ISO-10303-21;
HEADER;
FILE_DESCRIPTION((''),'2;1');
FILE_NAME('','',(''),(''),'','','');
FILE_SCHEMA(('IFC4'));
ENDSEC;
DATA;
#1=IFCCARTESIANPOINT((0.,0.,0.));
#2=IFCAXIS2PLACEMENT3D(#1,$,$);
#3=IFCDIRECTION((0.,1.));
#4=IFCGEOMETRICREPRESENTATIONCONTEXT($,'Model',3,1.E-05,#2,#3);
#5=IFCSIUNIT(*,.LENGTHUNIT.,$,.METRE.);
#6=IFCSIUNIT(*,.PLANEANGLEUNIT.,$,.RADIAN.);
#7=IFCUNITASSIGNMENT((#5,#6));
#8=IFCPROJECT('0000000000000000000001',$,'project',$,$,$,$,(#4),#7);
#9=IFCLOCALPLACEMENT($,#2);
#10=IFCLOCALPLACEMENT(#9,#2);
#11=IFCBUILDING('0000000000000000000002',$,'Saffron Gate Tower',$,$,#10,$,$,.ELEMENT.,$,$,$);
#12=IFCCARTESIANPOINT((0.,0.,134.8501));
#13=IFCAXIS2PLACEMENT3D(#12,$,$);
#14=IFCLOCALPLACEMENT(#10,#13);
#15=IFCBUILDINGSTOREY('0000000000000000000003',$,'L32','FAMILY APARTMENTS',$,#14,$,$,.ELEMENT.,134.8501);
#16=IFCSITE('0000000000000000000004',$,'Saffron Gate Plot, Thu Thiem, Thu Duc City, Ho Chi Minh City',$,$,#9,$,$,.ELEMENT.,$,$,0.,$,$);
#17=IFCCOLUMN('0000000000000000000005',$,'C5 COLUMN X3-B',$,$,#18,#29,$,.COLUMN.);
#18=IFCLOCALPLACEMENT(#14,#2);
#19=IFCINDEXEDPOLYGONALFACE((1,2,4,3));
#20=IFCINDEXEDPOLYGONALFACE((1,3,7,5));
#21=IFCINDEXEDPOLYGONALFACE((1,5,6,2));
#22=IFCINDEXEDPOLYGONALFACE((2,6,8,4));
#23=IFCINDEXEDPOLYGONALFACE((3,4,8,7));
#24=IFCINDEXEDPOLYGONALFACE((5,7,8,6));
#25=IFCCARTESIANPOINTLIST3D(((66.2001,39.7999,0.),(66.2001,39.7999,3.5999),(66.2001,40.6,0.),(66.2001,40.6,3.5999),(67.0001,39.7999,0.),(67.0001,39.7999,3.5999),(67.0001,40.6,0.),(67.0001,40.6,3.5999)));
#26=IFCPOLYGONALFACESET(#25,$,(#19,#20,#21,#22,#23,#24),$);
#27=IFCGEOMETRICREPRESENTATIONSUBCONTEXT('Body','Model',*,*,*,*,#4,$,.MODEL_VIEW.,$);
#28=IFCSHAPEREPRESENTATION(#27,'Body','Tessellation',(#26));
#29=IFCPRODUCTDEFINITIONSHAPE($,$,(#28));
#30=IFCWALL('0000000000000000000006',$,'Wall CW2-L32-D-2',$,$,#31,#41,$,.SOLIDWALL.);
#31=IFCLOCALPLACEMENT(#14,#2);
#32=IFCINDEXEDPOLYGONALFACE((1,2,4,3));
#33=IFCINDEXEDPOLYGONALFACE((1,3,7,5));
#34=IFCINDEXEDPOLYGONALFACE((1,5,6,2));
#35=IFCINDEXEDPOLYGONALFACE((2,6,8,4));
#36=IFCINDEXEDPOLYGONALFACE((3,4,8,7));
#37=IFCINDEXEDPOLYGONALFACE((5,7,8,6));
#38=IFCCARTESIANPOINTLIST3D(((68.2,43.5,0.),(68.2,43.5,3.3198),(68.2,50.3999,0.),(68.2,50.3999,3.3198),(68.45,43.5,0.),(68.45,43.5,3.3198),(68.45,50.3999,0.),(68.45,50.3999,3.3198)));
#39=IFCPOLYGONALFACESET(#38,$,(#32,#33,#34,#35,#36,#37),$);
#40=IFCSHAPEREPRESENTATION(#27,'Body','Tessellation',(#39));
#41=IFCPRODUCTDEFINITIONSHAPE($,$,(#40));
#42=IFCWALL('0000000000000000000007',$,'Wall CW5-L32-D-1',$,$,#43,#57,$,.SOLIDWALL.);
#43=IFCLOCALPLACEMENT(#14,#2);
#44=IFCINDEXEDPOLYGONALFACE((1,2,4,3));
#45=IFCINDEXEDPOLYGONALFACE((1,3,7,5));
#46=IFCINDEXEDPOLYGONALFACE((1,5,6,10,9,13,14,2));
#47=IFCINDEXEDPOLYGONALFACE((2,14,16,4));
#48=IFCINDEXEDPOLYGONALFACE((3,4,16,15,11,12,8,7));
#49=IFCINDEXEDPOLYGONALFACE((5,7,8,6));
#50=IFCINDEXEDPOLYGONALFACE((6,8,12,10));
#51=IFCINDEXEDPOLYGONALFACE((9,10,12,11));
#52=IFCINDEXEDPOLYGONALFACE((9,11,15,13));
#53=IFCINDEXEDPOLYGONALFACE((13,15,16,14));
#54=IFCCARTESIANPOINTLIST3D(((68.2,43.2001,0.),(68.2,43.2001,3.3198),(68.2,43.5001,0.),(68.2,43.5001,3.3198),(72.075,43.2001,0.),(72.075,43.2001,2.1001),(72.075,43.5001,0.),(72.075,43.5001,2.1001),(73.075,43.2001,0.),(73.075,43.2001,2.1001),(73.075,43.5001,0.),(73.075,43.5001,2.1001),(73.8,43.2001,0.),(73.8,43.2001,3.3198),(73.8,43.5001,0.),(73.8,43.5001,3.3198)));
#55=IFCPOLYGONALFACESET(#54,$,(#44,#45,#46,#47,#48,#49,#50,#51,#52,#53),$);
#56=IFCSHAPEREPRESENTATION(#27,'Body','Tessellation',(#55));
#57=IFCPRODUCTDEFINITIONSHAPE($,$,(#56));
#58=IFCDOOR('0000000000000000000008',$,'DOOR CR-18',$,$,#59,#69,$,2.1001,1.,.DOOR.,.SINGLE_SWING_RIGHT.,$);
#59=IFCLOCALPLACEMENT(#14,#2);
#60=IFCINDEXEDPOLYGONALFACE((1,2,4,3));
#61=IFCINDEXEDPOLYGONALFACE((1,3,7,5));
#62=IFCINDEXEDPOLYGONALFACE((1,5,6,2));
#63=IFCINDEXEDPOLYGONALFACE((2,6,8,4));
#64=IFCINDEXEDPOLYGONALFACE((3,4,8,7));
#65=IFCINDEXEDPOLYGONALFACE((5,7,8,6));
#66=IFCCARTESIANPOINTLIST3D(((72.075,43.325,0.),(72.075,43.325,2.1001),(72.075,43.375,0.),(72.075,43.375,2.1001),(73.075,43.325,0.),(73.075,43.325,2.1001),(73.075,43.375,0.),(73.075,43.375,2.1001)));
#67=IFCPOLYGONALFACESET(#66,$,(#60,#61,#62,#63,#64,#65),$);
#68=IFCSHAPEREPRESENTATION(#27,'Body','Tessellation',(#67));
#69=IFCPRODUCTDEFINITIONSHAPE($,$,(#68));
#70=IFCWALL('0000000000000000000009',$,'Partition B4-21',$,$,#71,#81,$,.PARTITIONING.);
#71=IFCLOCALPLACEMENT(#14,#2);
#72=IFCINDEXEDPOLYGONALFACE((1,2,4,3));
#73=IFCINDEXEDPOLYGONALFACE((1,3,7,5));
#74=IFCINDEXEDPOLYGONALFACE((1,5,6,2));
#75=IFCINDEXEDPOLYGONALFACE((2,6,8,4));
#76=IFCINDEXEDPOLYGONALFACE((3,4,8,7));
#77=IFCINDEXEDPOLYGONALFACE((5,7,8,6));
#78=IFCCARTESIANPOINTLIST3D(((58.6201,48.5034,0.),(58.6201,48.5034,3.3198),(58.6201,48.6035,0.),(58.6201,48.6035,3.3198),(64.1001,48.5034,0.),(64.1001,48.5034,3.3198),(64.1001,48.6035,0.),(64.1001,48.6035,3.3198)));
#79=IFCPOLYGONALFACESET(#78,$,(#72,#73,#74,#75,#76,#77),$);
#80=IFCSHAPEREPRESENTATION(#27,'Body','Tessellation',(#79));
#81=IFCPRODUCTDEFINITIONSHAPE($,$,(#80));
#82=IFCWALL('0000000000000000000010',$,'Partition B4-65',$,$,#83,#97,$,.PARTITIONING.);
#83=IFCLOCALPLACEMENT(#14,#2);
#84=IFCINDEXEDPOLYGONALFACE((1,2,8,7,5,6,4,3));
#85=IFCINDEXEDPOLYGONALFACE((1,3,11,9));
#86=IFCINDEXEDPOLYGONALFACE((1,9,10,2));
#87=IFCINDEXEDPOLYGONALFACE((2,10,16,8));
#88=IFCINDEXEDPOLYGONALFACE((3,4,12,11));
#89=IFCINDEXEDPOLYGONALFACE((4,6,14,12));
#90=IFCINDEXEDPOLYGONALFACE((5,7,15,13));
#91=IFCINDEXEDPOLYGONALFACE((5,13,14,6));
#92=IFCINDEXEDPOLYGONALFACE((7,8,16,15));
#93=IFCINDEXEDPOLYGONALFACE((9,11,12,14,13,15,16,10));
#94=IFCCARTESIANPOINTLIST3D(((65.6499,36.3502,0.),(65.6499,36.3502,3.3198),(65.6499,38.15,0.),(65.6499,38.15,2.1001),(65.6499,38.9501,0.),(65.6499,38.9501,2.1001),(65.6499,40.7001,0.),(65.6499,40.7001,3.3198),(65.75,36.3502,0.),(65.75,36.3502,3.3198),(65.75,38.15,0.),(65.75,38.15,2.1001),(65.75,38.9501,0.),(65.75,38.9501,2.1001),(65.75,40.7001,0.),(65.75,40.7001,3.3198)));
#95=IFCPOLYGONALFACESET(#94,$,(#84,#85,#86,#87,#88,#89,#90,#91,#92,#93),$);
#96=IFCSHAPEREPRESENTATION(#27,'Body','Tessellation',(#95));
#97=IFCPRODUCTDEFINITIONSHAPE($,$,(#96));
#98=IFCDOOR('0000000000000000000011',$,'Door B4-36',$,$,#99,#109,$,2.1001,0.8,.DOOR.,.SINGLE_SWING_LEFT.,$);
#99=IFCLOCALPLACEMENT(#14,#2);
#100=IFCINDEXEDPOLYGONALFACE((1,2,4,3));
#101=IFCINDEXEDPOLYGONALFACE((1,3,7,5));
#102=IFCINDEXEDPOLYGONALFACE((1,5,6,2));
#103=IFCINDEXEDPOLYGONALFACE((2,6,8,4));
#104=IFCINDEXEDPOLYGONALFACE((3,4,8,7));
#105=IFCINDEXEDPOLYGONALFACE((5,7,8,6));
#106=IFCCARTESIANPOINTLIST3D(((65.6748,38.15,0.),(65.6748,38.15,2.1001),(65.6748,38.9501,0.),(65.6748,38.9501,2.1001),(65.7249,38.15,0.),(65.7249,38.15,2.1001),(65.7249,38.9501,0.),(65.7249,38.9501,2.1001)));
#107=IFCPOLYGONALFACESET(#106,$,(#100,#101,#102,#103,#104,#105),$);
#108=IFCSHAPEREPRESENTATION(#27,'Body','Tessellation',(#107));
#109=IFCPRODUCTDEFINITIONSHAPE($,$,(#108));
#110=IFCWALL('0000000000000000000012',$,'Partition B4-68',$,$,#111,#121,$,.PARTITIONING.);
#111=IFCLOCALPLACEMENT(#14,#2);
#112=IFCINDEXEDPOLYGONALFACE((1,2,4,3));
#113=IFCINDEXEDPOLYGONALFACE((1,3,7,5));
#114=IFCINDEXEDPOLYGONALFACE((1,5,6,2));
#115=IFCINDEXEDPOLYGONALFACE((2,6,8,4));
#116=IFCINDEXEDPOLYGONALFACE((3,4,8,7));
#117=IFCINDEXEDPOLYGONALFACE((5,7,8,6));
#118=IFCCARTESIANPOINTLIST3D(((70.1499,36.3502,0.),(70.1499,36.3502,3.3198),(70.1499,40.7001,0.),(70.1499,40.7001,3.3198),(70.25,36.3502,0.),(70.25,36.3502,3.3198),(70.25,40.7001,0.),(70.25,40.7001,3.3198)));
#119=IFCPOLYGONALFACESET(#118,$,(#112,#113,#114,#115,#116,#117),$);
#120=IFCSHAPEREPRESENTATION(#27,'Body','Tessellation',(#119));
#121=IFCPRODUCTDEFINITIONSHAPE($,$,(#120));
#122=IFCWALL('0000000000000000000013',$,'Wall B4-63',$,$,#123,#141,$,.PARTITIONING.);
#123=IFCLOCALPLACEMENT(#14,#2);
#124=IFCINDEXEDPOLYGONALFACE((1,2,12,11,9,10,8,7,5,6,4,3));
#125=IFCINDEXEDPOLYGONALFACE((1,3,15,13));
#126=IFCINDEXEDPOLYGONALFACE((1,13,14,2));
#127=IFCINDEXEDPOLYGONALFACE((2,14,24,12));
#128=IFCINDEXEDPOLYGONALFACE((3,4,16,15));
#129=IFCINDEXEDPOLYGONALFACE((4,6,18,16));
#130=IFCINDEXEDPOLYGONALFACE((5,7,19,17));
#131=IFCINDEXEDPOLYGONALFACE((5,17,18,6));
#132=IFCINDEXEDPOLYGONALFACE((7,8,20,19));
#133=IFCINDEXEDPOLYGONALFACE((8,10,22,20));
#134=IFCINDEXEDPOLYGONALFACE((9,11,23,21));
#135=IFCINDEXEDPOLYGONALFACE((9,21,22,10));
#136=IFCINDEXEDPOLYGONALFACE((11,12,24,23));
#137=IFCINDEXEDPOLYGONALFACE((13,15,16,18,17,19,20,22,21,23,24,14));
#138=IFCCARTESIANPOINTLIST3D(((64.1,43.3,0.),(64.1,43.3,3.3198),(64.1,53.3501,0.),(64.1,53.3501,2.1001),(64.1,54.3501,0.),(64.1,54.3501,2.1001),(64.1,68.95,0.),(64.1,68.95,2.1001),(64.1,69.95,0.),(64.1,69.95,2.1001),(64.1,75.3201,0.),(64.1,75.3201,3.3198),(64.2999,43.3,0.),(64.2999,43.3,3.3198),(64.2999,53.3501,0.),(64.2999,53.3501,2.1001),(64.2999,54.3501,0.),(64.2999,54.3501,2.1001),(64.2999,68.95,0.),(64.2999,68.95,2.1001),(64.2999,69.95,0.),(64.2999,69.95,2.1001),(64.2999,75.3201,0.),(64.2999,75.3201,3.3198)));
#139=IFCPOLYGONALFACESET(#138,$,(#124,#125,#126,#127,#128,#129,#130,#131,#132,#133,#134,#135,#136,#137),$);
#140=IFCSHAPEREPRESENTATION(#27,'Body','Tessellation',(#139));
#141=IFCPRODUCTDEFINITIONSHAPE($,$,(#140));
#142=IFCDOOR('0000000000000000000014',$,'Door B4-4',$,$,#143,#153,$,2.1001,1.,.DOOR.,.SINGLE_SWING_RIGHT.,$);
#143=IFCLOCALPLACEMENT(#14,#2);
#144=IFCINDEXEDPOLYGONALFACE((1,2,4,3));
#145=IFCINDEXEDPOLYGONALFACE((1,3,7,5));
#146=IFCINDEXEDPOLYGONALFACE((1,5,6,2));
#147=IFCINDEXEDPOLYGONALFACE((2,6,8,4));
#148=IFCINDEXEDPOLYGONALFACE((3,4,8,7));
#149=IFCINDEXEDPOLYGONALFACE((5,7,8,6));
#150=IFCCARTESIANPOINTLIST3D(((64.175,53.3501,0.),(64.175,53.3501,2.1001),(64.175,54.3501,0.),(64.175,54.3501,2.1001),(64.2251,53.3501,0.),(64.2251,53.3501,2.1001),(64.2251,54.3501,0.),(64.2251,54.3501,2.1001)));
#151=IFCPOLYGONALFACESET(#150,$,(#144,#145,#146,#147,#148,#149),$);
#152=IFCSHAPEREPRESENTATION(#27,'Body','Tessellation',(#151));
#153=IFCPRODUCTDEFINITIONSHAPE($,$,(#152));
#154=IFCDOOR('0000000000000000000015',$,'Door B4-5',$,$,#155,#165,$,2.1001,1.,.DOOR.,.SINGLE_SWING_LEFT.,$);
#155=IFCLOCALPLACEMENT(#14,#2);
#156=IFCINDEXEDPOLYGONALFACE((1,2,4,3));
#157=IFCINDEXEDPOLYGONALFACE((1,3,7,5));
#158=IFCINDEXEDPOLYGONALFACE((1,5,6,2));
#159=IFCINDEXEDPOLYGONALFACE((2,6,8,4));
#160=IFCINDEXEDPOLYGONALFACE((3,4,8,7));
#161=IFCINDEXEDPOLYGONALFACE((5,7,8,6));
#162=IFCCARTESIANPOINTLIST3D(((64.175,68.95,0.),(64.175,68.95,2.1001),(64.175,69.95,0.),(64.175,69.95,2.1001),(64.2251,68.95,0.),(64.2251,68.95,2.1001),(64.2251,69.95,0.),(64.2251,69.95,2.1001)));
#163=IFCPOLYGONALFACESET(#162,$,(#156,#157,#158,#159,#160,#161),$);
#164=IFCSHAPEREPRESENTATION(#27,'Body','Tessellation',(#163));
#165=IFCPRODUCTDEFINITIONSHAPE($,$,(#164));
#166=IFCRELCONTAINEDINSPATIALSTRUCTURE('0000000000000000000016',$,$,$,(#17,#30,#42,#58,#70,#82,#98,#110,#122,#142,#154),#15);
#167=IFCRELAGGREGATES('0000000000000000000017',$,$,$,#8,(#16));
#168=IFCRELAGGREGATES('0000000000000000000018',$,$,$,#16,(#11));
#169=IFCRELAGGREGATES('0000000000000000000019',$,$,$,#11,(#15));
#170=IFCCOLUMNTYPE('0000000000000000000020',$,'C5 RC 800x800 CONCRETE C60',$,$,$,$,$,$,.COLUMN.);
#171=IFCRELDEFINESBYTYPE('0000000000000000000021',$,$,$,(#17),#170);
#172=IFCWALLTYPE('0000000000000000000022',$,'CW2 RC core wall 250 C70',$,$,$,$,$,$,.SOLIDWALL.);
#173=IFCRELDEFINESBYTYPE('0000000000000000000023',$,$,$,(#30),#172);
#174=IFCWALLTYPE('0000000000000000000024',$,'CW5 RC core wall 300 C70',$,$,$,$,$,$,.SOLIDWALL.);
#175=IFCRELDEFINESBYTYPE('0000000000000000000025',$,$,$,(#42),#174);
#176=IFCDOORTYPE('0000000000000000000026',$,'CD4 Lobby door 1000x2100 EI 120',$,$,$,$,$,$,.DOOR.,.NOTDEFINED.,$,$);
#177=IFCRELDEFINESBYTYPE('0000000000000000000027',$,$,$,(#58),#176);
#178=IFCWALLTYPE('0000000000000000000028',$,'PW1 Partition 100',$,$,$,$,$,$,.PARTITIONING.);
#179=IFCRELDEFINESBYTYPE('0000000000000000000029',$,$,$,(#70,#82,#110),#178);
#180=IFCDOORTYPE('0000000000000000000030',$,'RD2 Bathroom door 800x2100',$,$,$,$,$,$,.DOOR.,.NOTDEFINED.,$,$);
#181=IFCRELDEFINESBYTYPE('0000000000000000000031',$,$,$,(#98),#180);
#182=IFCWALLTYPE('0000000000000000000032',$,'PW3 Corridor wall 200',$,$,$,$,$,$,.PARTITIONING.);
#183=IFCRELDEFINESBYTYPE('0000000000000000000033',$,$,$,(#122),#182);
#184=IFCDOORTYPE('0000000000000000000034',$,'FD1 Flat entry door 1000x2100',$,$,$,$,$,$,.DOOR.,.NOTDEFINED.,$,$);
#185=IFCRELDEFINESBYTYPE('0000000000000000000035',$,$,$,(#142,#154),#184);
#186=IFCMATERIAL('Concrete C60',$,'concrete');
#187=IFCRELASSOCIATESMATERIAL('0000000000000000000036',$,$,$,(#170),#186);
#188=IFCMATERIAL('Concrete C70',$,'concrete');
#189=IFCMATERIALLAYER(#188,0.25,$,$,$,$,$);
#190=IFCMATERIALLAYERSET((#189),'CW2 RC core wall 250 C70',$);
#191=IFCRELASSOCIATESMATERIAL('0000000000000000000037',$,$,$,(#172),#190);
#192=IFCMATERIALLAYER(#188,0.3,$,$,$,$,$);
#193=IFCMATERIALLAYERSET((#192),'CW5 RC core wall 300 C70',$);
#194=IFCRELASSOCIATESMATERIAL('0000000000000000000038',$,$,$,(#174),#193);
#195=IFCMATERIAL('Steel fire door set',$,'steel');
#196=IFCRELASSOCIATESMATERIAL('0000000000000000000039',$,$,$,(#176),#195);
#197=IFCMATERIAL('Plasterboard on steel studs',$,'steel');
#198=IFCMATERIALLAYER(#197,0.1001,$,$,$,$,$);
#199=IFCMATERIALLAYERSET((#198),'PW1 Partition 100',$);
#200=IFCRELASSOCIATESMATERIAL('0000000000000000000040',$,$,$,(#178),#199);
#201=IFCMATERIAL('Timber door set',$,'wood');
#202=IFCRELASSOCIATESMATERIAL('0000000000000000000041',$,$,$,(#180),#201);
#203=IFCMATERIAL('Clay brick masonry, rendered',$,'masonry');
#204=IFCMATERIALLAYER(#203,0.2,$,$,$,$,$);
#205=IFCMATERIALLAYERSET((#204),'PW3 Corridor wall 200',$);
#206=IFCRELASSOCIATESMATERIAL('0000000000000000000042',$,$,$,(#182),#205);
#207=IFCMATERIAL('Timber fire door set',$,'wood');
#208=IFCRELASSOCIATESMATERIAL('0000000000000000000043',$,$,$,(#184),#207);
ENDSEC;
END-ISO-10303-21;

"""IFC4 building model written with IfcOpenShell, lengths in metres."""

from ifc_helpers import new_model, si_unit, direction, frame, frame_2d, origin, origin_2d, place, context, subcontext, project, spatial, rectangle, extrude, material, layer, layer_set, material_profile, profile_set, type_object, element, fill, save


model = new_model("IFC4")

# Units and contexts
model_context = context("Model", 3, precision=1e-05, world=origin(), true_north=direction((0.0, 1.0)))
body_context = subcontext(model_context, "Body", "Model", "MODEL_VIEW")
ifc_project = project(units=[si_unit("LENGTHUNIT", "METRE"), si_unit("PLANEANGLEUNIT", "RADIAN")], contexts=[model_context])

# Site, building, storey
site_placement = place(None, origin())
site = spatial("IfcSite", under=ifc_project, at=site_placement, Name="Saffron Gate Plot, Thu Thiem, Thu Duc City, Ho Chi Minh City", CompositionType="ELEMENT", RefElevation=0.0)
building_placement = place(site_placement, origin())
building = spatial("IfcBuilding", under=site, at=building_placement, Name="Saffron Gate Tower", CompositionType="ELEMENT")
storey_placement = place(building_placement, frame((0.0, 0.0, 134.8501)))
storey = spatial("IfcBuildingStorey", under=building, at=storey_placement, Name="L32", Description="FAMILY APARTMENTS", CompositionType="ELEMENT", Elevation=134.8501)

# Column
ifc_material_1 = material(Name="Concrete C60", Category="concrete")
ifc_material_profile = material_profile(ifc_material_1, rectangle(XDim=0.8, YDim=0.8, at=origin_2d()))
ifc_profile_set = profile_set([ifc_material_profile], Name="Concrete C60")
column_type = type_object("IfcColumnType", Name="C5 RC 800x800 CONCRETE C60", PredefinedType="COLUMN", material=ifc_profile_set)
column_placement = place(storey_placement, frame((66.6001, 40.2, 0.0), z_axis=(0.0, 0.0, 1.0), x_axis=(1.0, 0.0, 0.0)))
element("IfcColumn", 1, at=column_placement, inside=storey, type_object=column_type, Name="C5 COLUMN X3-B", PredefinedType="COLUMN", context=body_context, shape_type="SweptSolid", body=[
    extrude(rectangle(XDim=0.8, YDim=0.8, at=origin_2d()), origin(), (0.0, 0.0, 1.0), 3.5999),
])

# Wall
ifc_material_2 = material(Name="Concrete C70", Category="concrete")
ifc_layer_1 = layer(ifc_material_2, 0.25)
ifc_layer_set_1 = layer_set([ifc_layer_1], Name="CW2 RC core wall 250 C70")
wall_type_1 = type_object("IfcWallType", Name="CW2 RC core wall 250 C70", PredefinedType="SOLIDWALL", material=ifc_layer_set_1)
wall_1_placement = place(storey_placement, frame((68.325, 43.5, 0.0), z_axis=(0.0, 0.0, 1.0), x_axis=(0.0, 1.0, 0.0)))
element("IfcWall", 2, at=wall_1_placement, inside=storey, type_object=wall_type_1, Name="Wall CW2-L32-D-2", PredefinedType="SOLIDWALL", context=body_context, shape_type="SweptSolid", body=[
    extrude(rectangle(XDim=6.8999, YDim=0.25, at=frame_2d((3.45, 0.0))), origin(), (0.0, 0.0, 1.0), 3.3198),
])

# Wall, opening, door
ifc_layer_2 = layer(ifc_material_2, 0.3)
ifc_layer_set_2 = layer_set([ifc_layer_2], Name="CW5 RC core wall 300 C70")
wall_type_2 = type_object("IfcWallType", Name="CW5 RC core wall 300 C70", PredefinedType="SOLIDWALL", material=ifc_layer_set_2)
wall_2_placement = place(storey_placement, frame((68.2, 43.3501, 0.0), z_axis=(0.0, 0.0, 1.0), x_axis=(1.0, 0.0, 0.0)))
wall_2 = element("IfcWall", 3, at=wall_2_placement, inside=storey, type_object=wall_type_2, Name="Wall CW5-L32-D-1", PredefinedType="SOLIDWALL", context=body_context, shape_type="SweptSolid", body=[
    extrude(rectangle(XDim=5.6001, YDim=0.3, at=frame_2d((2.8, 0.0))), origin(), (0.0, 0.0, 1.0), 3.3198),
])
opening_1_placement = place(wall_2_placement, frame((3.875, 0.0, 0.0)))
opening_1 = element("IfcOpeningElement", 4, at=opening_1_placement, cuts=wall_2, PredefinedType="OPENING", context=body_context, shape_type="SweptSolid", body=[
    extrude(rectangle(XDim=1.0, YDim=2.1001, at=frame_2d((0.5, 1.05))), frame((0.0, 0.1602, 0.0), z_axis=(0.0, -1.0, 0.0), x_axis=(1.0, 0.0, 0.0)), (0.0, 0.0, 1.0), 0.3201),
])
ifc_material_3 = material(Name="Steel fire door set", Category="steel")
door_type_1 = type_object("IfcDoorType", Name="CD4 Lobby door 1000x2100 EI 120", OperationType="NOTDEFINED", PredefinedType="DOOR", material=ifc_material_3)
door_1_placement = place(opening_1_placement, origin())
door_1 = element("IfcDoor", 5, at=door_1_placement, inside=storey, type_object=door_type_1, Name="DOOR CR-18", OperationType="SINGLE_SWING_RIGHT", OverallHeight=2.1001, OverallWidth=1.0, PredefinedType="DOOR", context=body_context, shape_type="SweptSolid", body=[
    extrude(rectangle(XDim=1.0, YDim=2.1001, at=frame_2d((0.5, 1.05))), frame((0.0, 0.0249, 0.0), z_axis=(0.0, -1.0, 0.0), x_axis=(1.0, 0.0, 0.0)), (0.0, 0.0, 1.0), 0.05),
])
fill(opening_1, door_1)

# Wall
ifc_material_4 = material(Name="Plasterboard on steel studs", Category="steel")
ifc_layer_3 = layer(ifc_material_4, 0.1001)
ifc_layer_set_3 = layer_set([ifc_layer_3], Name="PW1 Partition 100")
wall_type_3 = type_object("IfcWallType", Name="PW1 Partition 100", PredefinedType="PARTITIONING", material=ifc_layer_set_3)
wall_3_placement = place(storey_placement, frame((58.6201, 48.5535, 0.0), z_axis=(0.0, 0.0, 1.0), x_axis=(1.0, 0.0, 0.0)))
element("IfcWall", 6, at=wall_3_placement, inside=storey, type_object=wall_type_3, Name="Partition B4-21", PredefinedType="PARTITIONING", context=body_context, shape_type="SweptSolid", body=[
    extrude(rectangle(XDim=5.48, YDim=0.1001, at=frame_2d((2.74, 0.0))), origin(), (0.0, 0.0, 1.0), 3.3198),
])

# Wall, opening, door
wall_4_placement = place(storey_placement, frame((65.7, 40.7, 0.0), z_axis=(0.0, 0.0, 1.0), x_axis=(0.0, -1.0, 0.0)))
wall_4 = element("IfcWall", 7, at=wall_4_placement, inside=storey, type_object=wall_type_3, Name="Partition B4-65", PredefinedType="PARTITIONING", context=body_context, shape_type="SweptSolid", body=[
    extrude(rectangle(XDim=4.3499, YDim=0.1001, at=frame_2d((2.1748, 0.0))), origin(), (0.0, 0.0, 1.0), 3.3198),
])
opening_2_placement = place(wall_4_placement, frame((1.75, 0.0, 0.0)))
opening_2 = element("IfcOpeningElement", 8, at=opening_2_placement, cuts=wall_4, PredefinedType="OPENING", context=body_context, shape_type="SweptSolid", body=[
    extrude(rectangle(XDim=0.8, YDim=2.1001, at=frame_2d((0.3999, 1.05))), frame((0.0, 0.0601, 0.0), z_axis=(0.0, -1.0, 0.0), x_axis=(1.0, 0.0, 0.0)), (0.0, 0.0, 1.0), 0.1201),
])
ifc_material_5 = material(Name="Timber door set", Category="wood")
door_type_2 = type_object("IfcDoorType", Name="RD2 Bathroom door 800x2100", OperationType="NOTDEFINED", PredefinedType="DOOR", material=ifc_material_5)
door_2_placement = place(opening_2_placement, origin())
door_2 = element("IfcDoor", 9, at=door_2_placement, inside=storey, type_object=door_type_2, Name="Door B4-36", OperationType="SINGLE_SWING_LEFT", OverallHeight=2.1001, OverallWidth=0.8, PredefinedType="DOOR", context=body_context, shape_type="SweptSolid", body=[
    extrude(rectangle(XDim=0.8, YDim=2.1001, at=frame_2d((0.3999, 1.05))), frame((0.0, 0.0249, 0.0), z_axis=(0.0, -1.0, 0.0), x_axis=(1.0, 0.0, 0.0)), (0.0, 0.0, 1.0), 0.05),
])
fill(opening_2, door_2)

# Wall
wall_5_placement = place(storey_placement, frame((70.2, 40.7, 0.0), z_axis=(0.0, 0.0, 1.0), x_axis=(0.0, -1.0, 0.0)))
element("IfcWall", 10, at=wall_5_placement, inside=storey, type_object=wall_type_3, Name="Partition B4-68", PredefinedType="PARTITIONING", context=body_context, shape_type="SweptSolid", body=[
    extrude(rectangle(XDim=4.3499, YDim=0.1001, at=frame_2d((2.1748, 0.0))), origin(), (0.0, 0.0, 1.0), 3.3198),
])

# Wall, openings, doors
ifc_material_6 = material(Name="Clay brick masonry, rendered", Category="masonry")
ifc_layer_4 = layer(ifc_material_6, 0.2)
ifc_layer_set_4 = layer_set([ifc_layer_4], Name="PW3 Corridor wall 200")
wall_type_4 = type_object("IfcWallType", Name="PW3 Corridor wall 200", PredefinedType="PARTITIONING", material=ifc_layer_set_4)
wall_6_placement = place(storey_placement, frame((64.2, 43.3, 0.0), z_axis=(0.0, 0.0, 1.0), x_axis=(0.0, 1.0, 0.0)))
wall_6 = element("IfcWall", 11, at=wall_6_placement, inside=storey, type_object=wall_type_4, Name="Wall B4-63", PredefinedType="PARTITIONING", context=body_context, shape_type="SweptSolid", body=[
    extrude(rectangle(XDim=32.02, YDim=0.2, at=frame_2d((16.01, 0.0))), origin(), (0.0, 0.0, 1.0), 3.3198),
])
opening_3_placement = place(wall_6_placement, frame((10.05, 0.0, 0.0)))
opening_3 = element("IfcOpeningElement", 12, at=opening_3_placement, cuts=wall_6, PredefinedType="OPENING", context=body_context, shape_type="SweptSolid", body=[
    extrude(rectangle(XDim=1.0, YDim=2.1001, at=frame_2d((0.5, 1.05))), frame((0.0, 0.1099, 0.0), z_axis=(0.0, -1.0, 0.0), x_axis=(1.0, 0.0, 0.0)), (0.0, 0.0, 1.0), 0.22),
])
opening_4_placement = place(wall_6_placement, frame((25.6499, 0.0, 0.0)))
opening_4 = element("IfcOpeningElement", 13, at=opening_4_placement, cuts=wall_6, PredefinedType="OPENING", context=body_context, shape_type="SweptSolid", body=[
    extrude(rectangle(XDim=1.0, YDim=2.1001, at=frame_2d((0.5, 1.05))), frame((0.0, 0.1099, 0.0), z_axis=(0.0, -1.0, 0.0), x_axis=(1.0, 0.0, 0.0)), (0.0, 0.0, 1.0), 0.22),
])
ifc_material_7 = material(Name="Timber fire door set", Category="wood")
door_type_3 = type_object("IfcDoorType", Name="FD1 Flat entry door 1000x2100", OperationType="NOTDEFINED", PredefinedType="DOOR", material=ifc_material_7)
door_3_placement = place(opening_3_placement, origin())
door_3 = element("IfcDoor", 14, at=door_3_placement, inside=storey, type_object=door_type_3, Name="Door B4-4", OperationType="SINGLE_SWING_RIGHT", OverallHeight=2.1001, OverallWidth=1.0, PredefinedType="DOOR", context=body_context, shape_type="SweptSolid", body=[
    extrude(rectangle(XDim=1.0, YDim=2.1001, at=frame_2d((0.5, 1.05))), frame((0.0, 0.0249, 0.0), z_axis=(0.0, -1.0, 0.0), x_axis=(1.0, 0.0, 0.0)), (0.0, 0.0, 1.0), 0.05),
])
fill(opening_3, door_3)
door_4_placement = place(opening_4_placement, origin())
door_4 = element("IfcDoor", 15, at=door_4_placement, inside=storey, type_object=door_type_3, Name="Door B4-5", OperationType="SINGLE_SWING_LEFT", OverallHeight=2.1001, OverallWidth=1.0, PredefinedType="DOOR", context=body_context, shape_type="SweptSolid", body=[
    extrude(rectangle(XDim=1.0, YDim=2.1001, at=frame_2d((0.5, 1.05))), frame((0.0, 0.0249, 0.0), z_axis=(0.0, -1.0, 0.0), x_axis=(1.0, 0.0, 0.0)), (0.0, 0.0, 1.0), 0.05),
])
fill(opening_4, door_4)

save(model, "model.ifc")
